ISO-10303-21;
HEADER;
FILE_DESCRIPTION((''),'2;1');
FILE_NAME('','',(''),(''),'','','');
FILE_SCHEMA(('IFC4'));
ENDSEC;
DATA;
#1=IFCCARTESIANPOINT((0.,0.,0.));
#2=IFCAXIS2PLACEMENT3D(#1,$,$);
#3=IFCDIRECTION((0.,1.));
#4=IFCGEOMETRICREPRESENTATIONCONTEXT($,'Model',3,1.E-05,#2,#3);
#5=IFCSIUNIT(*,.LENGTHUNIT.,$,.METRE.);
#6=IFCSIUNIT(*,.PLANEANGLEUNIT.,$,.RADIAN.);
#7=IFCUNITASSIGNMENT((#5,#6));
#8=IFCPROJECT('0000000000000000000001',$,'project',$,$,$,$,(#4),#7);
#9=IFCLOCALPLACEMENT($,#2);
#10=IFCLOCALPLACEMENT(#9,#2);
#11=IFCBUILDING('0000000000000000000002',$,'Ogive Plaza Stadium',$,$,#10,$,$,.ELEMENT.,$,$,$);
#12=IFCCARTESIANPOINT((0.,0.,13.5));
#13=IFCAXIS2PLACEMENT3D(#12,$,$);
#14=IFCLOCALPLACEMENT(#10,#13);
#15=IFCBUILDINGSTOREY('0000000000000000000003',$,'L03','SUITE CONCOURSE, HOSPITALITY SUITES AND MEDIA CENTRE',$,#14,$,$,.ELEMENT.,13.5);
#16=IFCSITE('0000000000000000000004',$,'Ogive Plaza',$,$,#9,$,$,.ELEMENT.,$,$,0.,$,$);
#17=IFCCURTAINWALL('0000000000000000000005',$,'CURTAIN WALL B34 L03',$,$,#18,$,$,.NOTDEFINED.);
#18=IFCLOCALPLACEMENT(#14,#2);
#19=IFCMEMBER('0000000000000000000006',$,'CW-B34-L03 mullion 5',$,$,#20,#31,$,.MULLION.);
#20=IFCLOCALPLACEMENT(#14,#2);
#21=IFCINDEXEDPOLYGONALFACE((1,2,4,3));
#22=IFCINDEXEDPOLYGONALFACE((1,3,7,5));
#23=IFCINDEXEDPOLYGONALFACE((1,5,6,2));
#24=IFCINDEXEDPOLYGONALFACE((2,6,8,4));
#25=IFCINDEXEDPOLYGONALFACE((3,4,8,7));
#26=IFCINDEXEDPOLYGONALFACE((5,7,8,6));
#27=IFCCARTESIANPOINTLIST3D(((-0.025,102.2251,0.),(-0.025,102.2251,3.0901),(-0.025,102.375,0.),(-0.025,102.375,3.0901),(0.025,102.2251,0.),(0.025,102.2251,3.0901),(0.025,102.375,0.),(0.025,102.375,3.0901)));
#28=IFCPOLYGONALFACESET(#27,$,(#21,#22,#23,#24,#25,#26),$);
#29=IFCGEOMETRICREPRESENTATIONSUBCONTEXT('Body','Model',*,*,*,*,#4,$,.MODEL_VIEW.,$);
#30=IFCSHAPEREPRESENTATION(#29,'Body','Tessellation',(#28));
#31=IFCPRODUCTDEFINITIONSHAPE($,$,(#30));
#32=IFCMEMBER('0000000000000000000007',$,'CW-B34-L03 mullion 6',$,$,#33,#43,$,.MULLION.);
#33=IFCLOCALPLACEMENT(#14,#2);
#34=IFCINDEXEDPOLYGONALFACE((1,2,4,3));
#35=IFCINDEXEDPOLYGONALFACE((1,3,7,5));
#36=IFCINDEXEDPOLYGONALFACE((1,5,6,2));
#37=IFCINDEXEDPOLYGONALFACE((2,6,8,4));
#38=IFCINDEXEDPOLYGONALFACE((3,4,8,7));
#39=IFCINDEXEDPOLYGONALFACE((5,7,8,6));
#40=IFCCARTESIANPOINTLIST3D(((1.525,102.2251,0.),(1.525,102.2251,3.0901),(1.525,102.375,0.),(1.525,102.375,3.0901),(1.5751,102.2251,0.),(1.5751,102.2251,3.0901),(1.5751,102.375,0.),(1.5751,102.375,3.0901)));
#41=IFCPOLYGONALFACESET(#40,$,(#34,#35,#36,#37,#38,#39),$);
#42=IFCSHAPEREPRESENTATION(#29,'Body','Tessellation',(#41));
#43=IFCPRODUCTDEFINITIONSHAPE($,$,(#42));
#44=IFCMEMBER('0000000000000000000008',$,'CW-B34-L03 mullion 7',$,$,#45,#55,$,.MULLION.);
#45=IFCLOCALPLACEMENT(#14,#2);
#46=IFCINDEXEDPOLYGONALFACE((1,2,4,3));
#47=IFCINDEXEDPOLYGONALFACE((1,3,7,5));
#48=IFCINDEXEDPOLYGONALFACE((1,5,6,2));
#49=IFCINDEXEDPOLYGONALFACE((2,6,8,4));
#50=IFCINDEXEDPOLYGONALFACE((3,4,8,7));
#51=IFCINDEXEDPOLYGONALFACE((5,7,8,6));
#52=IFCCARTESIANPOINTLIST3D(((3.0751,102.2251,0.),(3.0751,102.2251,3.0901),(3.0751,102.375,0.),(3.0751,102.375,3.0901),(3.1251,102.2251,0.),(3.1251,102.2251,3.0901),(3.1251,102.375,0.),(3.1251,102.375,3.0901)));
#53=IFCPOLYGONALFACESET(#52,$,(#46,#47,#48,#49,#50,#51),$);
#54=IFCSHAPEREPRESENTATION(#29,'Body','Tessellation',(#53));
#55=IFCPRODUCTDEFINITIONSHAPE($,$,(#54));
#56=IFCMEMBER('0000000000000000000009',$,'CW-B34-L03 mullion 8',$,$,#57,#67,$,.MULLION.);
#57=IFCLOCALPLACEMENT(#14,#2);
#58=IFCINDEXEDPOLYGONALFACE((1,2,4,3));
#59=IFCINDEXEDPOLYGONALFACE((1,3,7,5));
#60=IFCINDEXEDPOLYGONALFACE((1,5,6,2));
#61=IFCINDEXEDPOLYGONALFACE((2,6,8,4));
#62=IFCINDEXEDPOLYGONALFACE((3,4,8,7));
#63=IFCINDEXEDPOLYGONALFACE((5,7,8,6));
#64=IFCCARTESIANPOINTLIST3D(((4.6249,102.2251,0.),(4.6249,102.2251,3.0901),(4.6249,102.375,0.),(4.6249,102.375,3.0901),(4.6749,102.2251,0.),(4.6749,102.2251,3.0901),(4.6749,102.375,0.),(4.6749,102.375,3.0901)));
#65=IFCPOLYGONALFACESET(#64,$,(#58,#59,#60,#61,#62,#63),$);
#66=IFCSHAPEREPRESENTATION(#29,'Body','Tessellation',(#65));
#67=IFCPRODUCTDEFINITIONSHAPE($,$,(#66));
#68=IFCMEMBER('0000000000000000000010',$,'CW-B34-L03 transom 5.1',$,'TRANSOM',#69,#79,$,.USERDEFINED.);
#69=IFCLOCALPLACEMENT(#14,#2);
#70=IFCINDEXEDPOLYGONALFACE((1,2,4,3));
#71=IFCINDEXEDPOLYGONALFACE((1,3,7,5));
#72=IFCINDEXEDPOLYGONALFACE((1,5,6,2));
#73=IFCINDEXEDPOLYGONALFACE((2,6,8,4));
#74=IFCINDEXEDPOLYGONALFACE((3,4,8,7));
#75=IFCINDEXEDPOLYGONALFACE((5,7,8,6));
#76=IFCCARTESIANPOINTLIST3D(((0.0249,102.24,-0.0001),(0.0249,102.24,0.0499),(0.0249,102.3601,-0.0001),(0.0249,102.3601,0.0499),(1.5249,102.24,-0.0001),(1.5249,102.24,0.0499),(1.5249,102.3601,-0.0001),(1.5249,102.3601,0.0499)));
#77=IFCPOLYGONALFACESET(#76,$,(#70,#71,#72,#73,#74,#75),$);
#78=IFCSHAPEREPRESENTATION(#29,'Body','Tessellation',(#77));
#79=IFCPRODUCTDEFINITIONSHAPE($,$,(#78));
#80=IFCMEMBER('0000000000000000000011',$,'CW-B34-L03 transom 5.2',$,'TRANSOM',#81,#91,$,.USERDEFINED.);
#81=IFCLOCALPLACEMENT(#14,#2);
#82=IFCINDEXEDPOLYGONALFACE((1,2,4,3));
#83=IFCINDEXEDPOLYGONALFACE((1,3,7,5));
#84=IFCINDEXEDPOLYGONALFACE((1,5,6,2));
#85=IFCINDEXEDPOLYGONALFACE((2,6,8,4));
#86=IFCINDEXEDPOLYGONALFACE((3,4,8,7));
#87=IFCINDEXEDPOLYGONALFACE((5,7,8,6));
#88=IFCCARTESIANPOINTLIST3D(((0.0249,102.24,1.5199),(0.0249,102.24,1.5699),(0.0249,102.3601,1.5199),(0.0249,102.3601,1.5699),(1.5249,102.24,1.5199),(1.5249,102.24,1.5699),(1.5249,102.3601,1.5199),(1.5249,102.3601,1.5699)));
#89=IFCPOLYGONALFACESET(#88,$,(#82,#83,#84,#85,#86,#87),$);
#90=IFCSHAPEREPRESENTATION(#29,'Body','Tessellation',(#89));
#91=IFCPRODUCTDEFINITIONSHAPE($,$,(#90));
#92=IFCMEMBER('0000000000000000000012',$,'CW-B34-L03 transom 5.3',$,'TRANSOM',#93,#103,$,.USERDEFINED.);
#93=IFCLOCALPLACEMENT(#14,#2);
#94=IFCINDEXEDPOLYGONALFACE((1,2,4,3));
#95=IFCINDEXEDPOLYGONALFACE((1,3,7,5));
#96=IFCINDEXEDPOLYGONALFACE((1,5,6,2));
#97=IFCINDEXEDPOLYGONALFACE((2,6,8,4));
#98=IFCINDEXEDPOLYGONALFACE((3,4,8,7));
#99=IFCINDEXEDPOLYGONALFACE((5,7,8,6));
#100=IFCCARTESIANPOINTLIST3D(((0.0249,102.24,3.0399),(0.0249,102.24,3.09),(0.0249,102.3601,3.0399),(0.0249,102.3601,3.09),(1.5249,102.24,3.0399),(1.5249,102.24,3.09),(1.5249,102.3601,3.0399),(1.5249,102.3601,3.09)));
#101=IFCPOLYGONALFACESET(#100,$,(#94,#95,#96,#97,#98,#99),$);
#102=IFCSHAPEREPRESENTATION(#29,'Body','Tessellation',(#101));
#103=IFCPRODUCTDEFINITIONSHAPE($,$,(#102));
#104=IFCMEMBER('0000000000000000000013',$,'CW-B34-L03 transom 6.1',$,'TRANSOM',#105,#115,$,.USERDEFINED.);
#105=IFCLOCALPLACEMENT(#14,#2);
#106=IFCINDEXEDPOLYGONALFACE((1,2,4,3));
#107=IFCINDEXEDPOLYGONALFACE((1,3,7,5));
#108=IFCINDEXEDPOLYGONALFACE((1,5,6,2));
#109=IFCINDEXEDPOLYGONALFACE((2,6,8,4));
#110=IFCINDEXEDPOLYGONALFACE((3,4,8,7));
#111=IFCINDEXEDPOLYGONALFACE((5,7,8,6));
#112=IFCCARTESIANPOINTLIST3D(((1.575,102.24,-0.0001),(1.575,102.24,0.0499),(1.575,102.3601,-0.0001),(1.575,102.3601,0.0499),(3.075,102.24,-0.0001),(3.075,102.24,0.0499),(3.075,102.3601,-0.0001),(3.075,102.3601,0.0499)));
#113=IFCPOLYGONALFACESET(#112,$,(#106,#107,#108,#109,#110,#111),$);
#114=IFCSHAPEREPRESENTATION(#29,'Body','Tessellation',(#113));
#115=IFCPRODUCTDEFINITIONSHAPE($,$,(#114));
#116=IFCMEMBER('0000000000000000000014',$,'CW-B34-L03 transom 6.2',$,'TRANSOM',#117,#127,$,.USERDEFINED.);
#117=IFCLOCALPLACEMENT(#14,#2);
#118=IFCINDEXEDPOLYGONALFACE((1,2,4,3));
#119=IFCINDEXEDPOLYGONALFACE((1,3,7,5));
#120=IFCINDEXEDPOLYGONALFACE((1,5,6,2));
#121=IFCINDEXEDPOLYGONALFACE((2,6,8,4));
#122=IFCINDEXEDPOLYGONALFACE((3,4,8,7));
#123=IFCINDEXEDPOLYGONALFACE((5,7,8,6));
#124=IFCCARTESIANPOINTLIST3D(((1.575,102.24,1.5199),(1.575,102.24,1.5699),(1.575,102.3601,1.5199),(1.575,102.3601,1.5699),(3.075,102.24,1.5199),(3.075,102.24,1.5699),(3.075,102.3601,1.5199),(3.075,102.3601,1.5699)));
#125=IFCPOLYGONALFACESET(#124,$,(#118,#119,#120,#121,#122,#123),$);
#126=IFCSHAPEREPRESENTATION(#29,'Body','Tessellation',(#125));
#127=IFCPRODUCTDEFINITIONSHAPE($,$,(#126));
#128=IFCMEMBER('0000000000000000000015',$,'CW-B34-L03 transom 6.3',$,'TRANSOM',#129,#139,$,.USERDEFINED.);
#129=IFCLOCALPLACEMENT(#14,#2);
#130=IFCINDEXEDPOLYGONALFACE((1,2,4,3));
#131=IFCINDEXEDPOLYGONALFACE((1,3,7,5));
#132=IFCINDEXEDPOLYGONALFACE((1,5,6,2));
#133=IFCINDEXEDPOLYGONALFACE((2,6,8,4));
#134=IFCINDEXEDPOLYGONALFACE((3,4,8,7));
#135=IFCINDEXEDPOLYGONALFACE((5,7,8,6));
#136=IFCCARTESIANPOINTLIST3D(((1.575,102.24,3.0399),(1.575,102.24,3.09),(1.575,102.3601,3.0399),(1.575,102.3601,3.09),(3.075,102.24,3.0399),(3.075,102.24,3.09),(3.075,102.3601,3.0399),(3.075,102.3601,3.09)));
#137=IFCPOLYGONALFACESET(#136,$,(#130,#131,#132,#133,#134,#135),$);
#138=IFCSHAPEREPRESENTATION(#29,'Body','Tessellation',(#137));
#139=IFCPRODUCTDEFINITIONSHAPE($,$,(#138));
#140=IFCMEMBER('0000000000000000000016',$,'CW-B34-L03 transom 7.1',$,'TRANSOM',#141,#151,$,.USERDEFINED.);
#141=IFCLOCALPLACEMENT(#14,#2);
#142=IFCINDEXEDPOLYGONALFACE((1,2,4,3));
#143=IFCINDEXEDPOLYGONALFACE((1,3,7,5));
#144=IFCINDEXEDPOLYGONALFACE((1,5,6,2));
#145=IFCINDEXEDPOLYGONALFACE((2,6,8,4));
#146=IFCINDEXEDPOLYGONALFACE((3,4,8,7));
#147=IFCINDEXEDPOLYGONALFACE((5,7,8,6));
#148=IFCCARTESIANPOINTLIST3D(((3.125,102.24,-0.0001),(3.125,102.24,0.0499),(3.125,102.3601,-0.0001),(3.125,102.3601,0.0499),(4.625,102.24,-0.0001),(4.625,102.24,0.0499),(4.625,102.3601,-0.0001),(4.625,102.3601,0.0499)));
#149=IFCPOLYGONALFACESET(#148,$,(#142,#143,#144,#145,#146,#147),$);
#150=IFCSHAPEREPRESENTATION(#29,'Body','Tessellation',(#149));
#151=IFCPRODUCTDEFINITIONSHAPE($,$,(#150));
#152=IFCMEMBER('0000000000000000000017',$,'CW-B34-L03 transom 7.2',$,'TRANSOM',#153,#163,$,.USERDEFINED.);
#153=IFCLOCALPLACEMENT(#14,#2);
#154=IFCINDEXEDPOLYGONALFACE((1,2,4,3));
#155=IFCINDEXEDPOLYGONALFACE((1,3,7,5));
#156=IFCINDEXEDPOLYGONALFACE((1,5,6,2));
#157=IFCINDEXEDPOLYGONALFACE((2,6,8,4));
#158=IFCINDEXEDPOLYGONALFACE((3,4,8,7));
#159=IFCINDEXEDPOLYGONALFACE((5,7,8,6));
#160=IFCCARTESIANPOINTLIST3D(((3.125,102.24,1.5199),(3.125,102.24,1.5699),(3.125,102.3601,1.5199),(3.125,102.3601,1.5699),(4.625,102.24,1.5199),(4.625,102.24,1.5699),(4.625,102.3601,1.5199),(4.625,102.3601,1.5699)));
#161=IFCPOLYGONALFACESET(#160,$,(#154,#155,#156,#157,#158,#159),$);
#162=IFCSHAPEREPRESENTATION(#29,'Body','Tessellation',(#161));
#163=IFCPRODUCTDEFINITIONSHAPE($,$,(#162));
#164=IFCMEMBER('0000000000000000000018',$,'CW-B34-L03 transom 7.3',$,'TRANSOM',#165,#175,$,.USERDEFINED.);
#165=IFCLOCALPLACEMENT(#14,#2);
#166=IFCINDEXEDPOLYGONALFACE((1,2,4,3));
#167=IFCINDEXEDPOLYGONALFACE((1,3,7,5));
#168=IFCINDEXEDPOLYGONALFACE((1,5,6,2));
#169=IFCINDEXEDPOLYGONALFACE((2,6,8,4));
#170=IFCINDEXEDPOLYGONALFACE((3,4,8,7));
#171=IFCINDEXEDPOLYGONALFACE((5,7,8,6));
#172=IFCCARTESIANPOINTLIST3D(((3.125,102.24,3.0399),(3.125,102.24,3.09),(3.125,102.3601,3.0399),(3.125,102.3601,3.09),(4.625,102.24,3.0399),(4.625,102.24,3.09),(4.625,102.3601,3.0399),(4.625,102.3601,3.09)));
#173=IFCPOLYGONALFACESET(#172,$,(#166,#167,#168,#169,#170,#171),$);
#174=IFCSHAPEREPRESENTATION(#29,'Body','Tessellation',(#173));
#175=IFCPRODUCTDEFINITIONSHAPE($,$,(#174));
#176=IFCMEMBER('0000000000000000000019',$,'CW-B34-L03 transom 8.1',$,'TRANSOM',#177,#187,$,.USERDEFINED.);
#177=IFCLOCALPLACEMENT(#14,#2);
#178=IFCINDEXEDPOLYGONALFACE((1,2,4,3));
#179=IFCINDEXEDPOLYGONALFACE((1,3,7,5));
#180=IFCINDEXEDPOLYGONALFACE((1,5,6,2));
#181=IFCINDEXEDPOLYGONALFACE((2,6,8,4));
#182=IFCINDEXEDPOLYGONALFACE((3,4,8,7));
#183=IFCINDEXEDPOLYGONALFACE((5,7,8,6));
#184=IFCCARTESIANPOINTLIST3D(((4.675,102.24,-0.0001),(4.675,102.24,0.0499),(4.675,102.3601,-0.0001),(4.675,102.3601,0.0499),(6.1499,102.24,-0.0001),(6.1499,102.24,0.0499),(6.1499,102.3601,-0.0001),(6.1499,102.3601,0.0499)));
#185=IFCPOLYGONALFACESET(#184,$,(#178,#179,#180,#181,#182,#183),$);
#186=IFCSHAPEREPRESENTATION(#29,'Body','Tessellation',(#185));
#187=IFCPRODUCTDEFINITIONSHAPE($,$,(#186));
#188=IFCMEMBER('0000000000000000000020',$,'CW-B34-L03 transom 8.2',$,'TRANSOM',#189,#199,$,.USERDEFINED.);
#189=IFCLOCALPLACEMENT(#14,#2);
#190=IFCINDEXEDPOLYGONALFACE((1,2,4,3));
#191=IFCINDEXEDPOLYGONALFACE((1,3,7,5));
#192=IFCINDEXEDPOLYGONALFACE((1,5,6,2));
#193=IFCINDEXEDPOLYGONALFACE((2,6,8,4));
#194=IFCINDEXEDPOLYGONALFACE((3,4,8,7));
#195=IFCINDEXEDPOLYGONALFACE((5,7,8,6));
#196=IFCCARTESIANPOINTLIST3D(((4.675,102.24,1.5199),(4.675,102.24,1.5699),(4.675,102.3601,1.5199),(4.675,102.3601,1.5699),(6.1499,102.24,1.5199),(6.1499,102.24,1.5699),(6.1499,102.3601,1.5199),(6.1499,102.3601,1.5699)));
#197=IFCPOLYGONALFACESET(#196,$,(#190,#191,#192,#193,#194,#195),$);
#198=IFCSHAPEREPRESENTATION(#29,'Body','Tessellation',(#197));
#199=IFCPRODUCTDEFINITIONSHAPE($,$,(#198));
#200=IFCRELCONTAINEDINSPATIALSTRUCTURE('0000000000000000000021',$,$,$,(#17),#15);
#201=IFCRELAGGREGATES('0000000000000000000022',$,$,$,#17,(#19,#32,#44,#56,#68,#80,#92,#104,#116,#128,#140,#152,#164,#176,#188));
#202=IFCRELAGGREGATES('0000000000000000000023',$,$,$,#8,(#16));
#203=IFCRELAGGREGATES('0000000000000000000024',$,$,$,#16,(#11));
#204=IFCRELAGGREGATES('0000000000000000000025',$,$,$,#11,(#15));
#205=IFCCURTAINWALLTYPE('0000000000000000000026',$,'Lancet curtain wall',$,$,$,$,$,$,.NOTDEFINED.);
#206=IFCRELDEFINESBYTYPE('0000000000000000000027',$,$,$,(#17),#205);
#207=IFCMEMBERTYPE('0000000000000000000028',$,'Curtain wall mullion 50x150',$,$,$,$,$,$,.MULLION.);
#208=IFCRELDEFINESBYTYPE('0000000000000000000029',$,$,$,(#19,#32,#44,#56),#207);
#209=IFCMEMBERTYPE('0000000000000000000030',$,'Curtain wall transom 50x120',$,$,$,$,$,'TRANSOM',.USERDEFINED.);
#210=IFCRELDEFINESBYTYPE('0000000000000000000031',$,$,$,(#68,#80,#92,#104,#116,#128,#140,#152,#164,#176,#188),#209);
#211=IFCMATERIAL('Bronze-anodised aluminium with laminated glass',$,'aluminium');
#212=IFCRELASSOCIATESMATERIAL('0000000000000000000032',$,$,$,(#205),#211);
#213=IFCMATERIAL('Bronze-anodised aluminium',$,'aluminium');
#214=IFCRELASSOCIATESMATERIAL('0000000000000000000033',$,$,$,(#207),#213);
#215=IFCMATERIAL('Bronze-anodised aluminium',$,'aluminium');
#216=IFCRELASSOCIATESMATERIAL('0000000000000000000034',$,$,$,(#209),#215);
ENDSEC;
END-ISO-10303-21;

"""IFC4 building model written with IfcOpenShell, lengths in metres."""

from ifc_helpers import new_model, si_unit, direction, frame, origin, origin_2d, place, context, subcontext, project, spatial, rectangle, extrude, material, material_profile, profile_set, type_object, element, aggregate, save


model = new_model("IFC4")

# Units and contexts
model_context = context("Model", 3, precision=1e-05, world=origin(), true_north=direction((0.0, 1.0)))
body_context = subcontext(model_context, "Body", "Model", "MODEL_VIEW")
ifc_project = project(units=[si_unit("LENGTHUNIT", "METRE"), si_unit("PLANEANGLEUNIT", "RADIAN")], contexts=[model_context])

# Site, building, storey
site_placement = place(None, origin())
site = spatial("IfcSite", under=ifc_project, at=site_placement, Name="Ogive Plaza", CompositionType="ELEMENT", RefElevation=0.0)
building_placement = place(site_placement, origin())
building = spatial("IfcBuilding", under=site, at=building_placement, Name="Ogive Plaza Stadium", CompositionType="ELEMENT")
storey_placement = place(building_placement, frame((0.0, 0.0, 13.5)))
storey = spatial("IfcBuildingStorey", under=building, at=storey_placement, Name="L03", Description="SUITE CONCOURSE, HOSPITALITY SUITES AND MEDIA CENTRE", CompositionType="ELEMENT", Elevation=13.5)

# Curtain wall, members
ifc_material_1 = material(Name="Bronze-anodised aluminium with laminated glass", Category="aluminium")
curtain_wall_type = type_object("IfcCurtainWallType", Name="Lancet curtain wall", PredefinedType="NOTDEFINED", material=ifc_material_1)
curtain_wall_placement = place(storey_placement, origin())
curtain_wall = element("IfcCurtainWall", 1, at=curtain_wall_placement, inside=storey, type_object=curtain_wall_type, Name="CURTAIN WALL B34 L03", PredefinedType="NOTDEFINED")
ifc_material_2 = material(Name="Bronze-anodised aluminium", Category="aluminium")
ifc_material_profile_1 = material_profile(ifc_material_2, rectangle(XDim=0.1499, YDim=0.05, at=origin_2d()), Name="AL 150x50")
ifc_profile_set_1 = profile_set([ifc_material_profile_1], Name="Bronze-anodised aluminium")
member_type_1 = type_object("IfcMemberType", Name="Curtain wall mullion 50x150", PredefinedType="MULLION", material=ifc_profile_set_1)
member_1_placement = place(storey_placement, frame((0.0, 102.3, 0.0), z_axis=(0.0, 0.0, 1.0), x_axis=(0.0, 1.0, 0.0)))
member_1 = element("IfcMember", 2, at=member_1_placement, type_object=member_type_1, Name="CW-B34-L03 mullion 5", PredefinedType="MULLION", context=body_context, shape_type="SweptSolid", body=[
    extrude(rectangle(XDim=0.1499, YDim=0.05, at=origin_2d()), origin(), (0.0, 0.0, 1.0), 3.0901),
])
member_2_placement = place(storey_placement, frame((1.55, 102.3, 0.0), z_axis=(0.0, 0.0, 1.0), x_axis=(0.0, 1.0, 0.0)))
member_2 = element("IfcMember", 3, at=member_2_placement, type_object=member_type_1, Name="CW-B34-L03 mullion 6", PredefinedType="MULLION", context=body_context, shape_type="SweptSolid", body=[
    extrude(rectangle(XDim=0.1499, YDim=0.05, at=origin_2d()), origin(), (0.0, 0.0, 1.0), 3.0901),
])
member_3_placement = place(storey_placement, frame((3.1001, 102.3, 0.0), z_axis=(0.0, 0.0, 1.0), x_axis=(0.0, 1.0, 0.0)))
member_3 = element("IfcMember", 4, at=member_3_placement, type_object=member_type_1, Name="CW-B34-L03 mullion 7", PredefinedType="MULLION", context=body_context, shape_type="SweptSolid", body=[
    extrude(rectangle(XDim=0.1499, YDim=0.05, at=origin_2d()), origin(), (0.0, 0.0, 1.0), 3.0901),
])
member_4_placement = place(storey_placement, frame((4.6499, 102.3, 0.0), z_axis=(0.0, 0.0, 1.0), x_axis=(0.0, 1.0, 0.0)))
member_4 = element("IfcMember", 5, at=member_4_placement, type_object=member_type_1, Name="CW-B34-L03 mullion 8", PredefinedType="MULLION", context=body_context, shape_type="SweptSolid", body=[
    extrude(rectangle(XDim=0.1499, YDim=0.05, at=origin_2d()), origin(), (0.0, 0.0, 1.0), 3.0901),
])
ifc_material_3 = material(Name="Bronze-anodised aluminium", Category="aluminium")
ifc_material_profile_2 = material_profile(ifc_material_3, rectangle(XDim=0.1201, YDim=0.05, at=origin_2d()), Name="AL 120x50")
ifc_profile_set_2 = profile_set([ifc_material_profile_2], Name="Bronze-anodised aluminium")
member_type_2 = type_object("IfcMemberType", Name="Curtain wall transom 50x120", ElementType="TRANSOM", PredefinedType="USERDEFINED", material=ifc_profile_set_2)
member_5_placement = place(storey_placement, frame((0.0249, 102.3, 0.0249), z_axis=(1.0, 0.0, 0.0), x_axis=(0.0, 1.0, 0.0)))
member_5 = element("IfcMember", 6, at=member_5_placement, type_object=member_type_2, Name="CW-B34-L03 transom 5.1", ObjectType="TRANSOM", PredefinedType="USERDEFINED", context=body_context, shape_type="SweptSolid", body=[
    extrude(rectangle(XDim=0.1201, YDim=0.05, at=origin_2d()), origin(), (0.0, 0.0, 1.0), 1.5),
])
member_6_placement = place(storey_placement, frame((0.0249, 102.3, 1.5449), z_axis=(1.0, 0.0, 0.0), x_axis=(0.0, 1.0, 0.0)))
member_6 = element("IfcMember", 7, at=member_6_placement, type_object=member_type_2, Name="CW-B34-L03 transom 5.2", ObjectType="TRANSOM", PredefinedType="USERDEFINED", context=body_context, shape_type="SweptSolid", body=[
    extrude(rectangle(XDim=0.1201, YDim=0.05, at=origin_2d()), origin(), (0.0, 0.0, 1.0), 1.5),
])
member_7_placement = place(storey_placement, frame((0.0249, 102.3, 3.0649), z_axis=(1.0, 0.0, 0.0), x_axis=(0.0, 1.0, 0.0)))
member_7 = element("IfcMember", 8, at=member_7_placement, type_object=member_type_2, Name="CW-B34-L03 transom 5.3", ObjectType="TRANSOM", PredefinedType="USERDEFINED", context=body_context, shape_type="SweptSolid", body=[
    extrude(rectangle(XDim=0.1201, YDim=0.05, at=origin_2d()), origin(), (0.0, 0.0, 1.0), 1.5),
])
member_8_placement = place(storey_placement, frame((1.575, 102.3, 0.0249), z_axis=(1.0, 0.0, 0.0), x_axis=(0.0, 1.0, 0.0)))
member_8 = element("IfcMember", 9, at=member_8_placement, type_object=member_type_2, Name="CW-B34-L03 transom 6.1", ObjectType="TRANSOM", PredefinedType="USERDEFINED", context=body_context, shape_type="SweptSolid", body=[
    extrude(rectangle(XDim=0.1201, YDim=0.05, at=origin_2d()), origin(), (0.0, 0.0, 1.0), 1.5),
])
member_9_placement = place(storey_placement, frame((1.575, 102.3, 1.5449), z_axis=(1.0, 0.0, 0.0), x_axis=(0.0, 1.0, 0.0)))
member_9 = element("IfcMember", 10, at=member_9_placement, type_object=member_type_2, Name="CW-B34-L03 transom 6.2", ObjectType="TRANSOM", PredefinedType="USERDEFINED", context=body_context, shape_type="SweptSolid", body=[
    extrude(rectangle(XDim=0.1201, YDim=0.05, at=origin_2d()), origin(), (0.0, 0.0, 1.0), 1.5),
])
member_10_placement = place(storey_placement, frame((1.575, 102.3, 3.0649), z_axis=(1.0, 0.0, 0.0), x_axis=(0.0, 1.0, 0.0)))
member_10 = element("IfcMember", 11, at=member_10_placement, type_object=member_type_2, Name="CW-B34-L03 transom 6.3", ObjectType="TRANSOM", PredefinedType="USERDEFINED", context=body_context, shape_type="SweptSolid", body=[
    extrude(rectangle(XDim=0.1201, YDim=0.05, at=origin_2d()), origin(), (0.0, 0.0, 1.0), 1.5),
])
member_11_placement = place(storey_placement, frame((3.125, 102.3, 0.0249), z_axis=(1.0, 0.0, 0.0), x_axis=(0.0, 1.0, 0.0)))
member_11 = element("IfcMember", 12, at=member_11_placement, type_object=member_type_2, Name="CW-B34-L03 transom 7.1", ObjectType="TRANSOM", PredefinedType="USERDEFINED", context=body_context, shape_type="SweptSolid", body=[
    extrude(rectangle(XDim=0.1201, YDim=0.05, at=origin_2d()), origin(), (0.0, 0.0, 1.0), 1.5),
])
member_12_placement = place(storey_placement, frame((3.125, 102.3, 1.5449), z_axis=(1.0, 0.0, 0.0), x_axis=(0.0, 1.0, 0.0)))
member_12 = element("IfcMember", 13, at=member_12_placement, type_object=member_type_2, Name="CW-B34-L03 transom 7.2", ObjectType="TRANSOM", PredefinedType="USERDEFINED", context=body_context, shape_type="SweptSolid", body=[
    extrude(rectangle(XDim=0.1201, YDim=0.05, at=origin_2d()), origin(), (0.0, 0.0, 1.0), 1.5),
])
member_13_placement = place(storey_placement, frame((3.125, 102.3, 3.0649), z_axis=(1.0, 0.0, 0.0), x_axis=(0.0, 1.0, 0.0)))
member_13 = element("IfcMember", 14, at=member_13_placement, type_object=member_type_2, Name="CW-B34-L03 transom 7.3", ObjectType="TRANSOM", PredefinedType="USERDEFINED", context=body_context, shape_type="SweptSolid", body=[
    extrude(rectangle(XDim=0.1201, YDim=0.05, at=origin_2d()), origin(), (0.0, 0.0, 1.0), 1.5),
])
member_14_placement = place(storey_placement, frame((4.675, 102.3, 0.0249), z_axis=(1.0, 0.0, 0.0), x_axis=(0.0, 1.0, 0.0)))
member_14 = element("IfcMember", 15, at=member_14_placement, type_object=member_type_2, Name="CW-B34-L03 transom 8.1", ObjectType="TRANSOM", PredefinedType="USERDEFINED", context=body_context, shape_type="SweptSolid", body=[
    extrude(rectangle(XDim=0.1201, YDim=0.05, at=origin_2d()), origin(), (0.0, 0.0, 1.0), 1.4749),
])
member_15_placement = place(storey_placement, frame((4.675, 102.3, 1.5449), z_axis=(1.0, 0.0, 0.0), x_axis=(0.0, 1.0, 0.0)))
member_15 = element("IfcMember", 16, at=member_15_placement, type_object=member_type_2, Name="CW-B34-L03 transom 8.2", ObjectType="TRANSOM", PredefinedType="USERDEFINED", context=body_context, shape_type="SweptSolid", body=[
    extrude(rectangle(XDim=0.1201, YDim=0.05, at=origin_2d()), origin(), (0.0, 0.0, 1.0), 1.4749),
])
aggregate(curtain_wall, [member_1, member_2, member_3, member_4, member_5, member_6, member_7, member_8, member_9, member_10, member_11, member_12, member_13, member_14, member_15])

save(model, "model.ifc")
